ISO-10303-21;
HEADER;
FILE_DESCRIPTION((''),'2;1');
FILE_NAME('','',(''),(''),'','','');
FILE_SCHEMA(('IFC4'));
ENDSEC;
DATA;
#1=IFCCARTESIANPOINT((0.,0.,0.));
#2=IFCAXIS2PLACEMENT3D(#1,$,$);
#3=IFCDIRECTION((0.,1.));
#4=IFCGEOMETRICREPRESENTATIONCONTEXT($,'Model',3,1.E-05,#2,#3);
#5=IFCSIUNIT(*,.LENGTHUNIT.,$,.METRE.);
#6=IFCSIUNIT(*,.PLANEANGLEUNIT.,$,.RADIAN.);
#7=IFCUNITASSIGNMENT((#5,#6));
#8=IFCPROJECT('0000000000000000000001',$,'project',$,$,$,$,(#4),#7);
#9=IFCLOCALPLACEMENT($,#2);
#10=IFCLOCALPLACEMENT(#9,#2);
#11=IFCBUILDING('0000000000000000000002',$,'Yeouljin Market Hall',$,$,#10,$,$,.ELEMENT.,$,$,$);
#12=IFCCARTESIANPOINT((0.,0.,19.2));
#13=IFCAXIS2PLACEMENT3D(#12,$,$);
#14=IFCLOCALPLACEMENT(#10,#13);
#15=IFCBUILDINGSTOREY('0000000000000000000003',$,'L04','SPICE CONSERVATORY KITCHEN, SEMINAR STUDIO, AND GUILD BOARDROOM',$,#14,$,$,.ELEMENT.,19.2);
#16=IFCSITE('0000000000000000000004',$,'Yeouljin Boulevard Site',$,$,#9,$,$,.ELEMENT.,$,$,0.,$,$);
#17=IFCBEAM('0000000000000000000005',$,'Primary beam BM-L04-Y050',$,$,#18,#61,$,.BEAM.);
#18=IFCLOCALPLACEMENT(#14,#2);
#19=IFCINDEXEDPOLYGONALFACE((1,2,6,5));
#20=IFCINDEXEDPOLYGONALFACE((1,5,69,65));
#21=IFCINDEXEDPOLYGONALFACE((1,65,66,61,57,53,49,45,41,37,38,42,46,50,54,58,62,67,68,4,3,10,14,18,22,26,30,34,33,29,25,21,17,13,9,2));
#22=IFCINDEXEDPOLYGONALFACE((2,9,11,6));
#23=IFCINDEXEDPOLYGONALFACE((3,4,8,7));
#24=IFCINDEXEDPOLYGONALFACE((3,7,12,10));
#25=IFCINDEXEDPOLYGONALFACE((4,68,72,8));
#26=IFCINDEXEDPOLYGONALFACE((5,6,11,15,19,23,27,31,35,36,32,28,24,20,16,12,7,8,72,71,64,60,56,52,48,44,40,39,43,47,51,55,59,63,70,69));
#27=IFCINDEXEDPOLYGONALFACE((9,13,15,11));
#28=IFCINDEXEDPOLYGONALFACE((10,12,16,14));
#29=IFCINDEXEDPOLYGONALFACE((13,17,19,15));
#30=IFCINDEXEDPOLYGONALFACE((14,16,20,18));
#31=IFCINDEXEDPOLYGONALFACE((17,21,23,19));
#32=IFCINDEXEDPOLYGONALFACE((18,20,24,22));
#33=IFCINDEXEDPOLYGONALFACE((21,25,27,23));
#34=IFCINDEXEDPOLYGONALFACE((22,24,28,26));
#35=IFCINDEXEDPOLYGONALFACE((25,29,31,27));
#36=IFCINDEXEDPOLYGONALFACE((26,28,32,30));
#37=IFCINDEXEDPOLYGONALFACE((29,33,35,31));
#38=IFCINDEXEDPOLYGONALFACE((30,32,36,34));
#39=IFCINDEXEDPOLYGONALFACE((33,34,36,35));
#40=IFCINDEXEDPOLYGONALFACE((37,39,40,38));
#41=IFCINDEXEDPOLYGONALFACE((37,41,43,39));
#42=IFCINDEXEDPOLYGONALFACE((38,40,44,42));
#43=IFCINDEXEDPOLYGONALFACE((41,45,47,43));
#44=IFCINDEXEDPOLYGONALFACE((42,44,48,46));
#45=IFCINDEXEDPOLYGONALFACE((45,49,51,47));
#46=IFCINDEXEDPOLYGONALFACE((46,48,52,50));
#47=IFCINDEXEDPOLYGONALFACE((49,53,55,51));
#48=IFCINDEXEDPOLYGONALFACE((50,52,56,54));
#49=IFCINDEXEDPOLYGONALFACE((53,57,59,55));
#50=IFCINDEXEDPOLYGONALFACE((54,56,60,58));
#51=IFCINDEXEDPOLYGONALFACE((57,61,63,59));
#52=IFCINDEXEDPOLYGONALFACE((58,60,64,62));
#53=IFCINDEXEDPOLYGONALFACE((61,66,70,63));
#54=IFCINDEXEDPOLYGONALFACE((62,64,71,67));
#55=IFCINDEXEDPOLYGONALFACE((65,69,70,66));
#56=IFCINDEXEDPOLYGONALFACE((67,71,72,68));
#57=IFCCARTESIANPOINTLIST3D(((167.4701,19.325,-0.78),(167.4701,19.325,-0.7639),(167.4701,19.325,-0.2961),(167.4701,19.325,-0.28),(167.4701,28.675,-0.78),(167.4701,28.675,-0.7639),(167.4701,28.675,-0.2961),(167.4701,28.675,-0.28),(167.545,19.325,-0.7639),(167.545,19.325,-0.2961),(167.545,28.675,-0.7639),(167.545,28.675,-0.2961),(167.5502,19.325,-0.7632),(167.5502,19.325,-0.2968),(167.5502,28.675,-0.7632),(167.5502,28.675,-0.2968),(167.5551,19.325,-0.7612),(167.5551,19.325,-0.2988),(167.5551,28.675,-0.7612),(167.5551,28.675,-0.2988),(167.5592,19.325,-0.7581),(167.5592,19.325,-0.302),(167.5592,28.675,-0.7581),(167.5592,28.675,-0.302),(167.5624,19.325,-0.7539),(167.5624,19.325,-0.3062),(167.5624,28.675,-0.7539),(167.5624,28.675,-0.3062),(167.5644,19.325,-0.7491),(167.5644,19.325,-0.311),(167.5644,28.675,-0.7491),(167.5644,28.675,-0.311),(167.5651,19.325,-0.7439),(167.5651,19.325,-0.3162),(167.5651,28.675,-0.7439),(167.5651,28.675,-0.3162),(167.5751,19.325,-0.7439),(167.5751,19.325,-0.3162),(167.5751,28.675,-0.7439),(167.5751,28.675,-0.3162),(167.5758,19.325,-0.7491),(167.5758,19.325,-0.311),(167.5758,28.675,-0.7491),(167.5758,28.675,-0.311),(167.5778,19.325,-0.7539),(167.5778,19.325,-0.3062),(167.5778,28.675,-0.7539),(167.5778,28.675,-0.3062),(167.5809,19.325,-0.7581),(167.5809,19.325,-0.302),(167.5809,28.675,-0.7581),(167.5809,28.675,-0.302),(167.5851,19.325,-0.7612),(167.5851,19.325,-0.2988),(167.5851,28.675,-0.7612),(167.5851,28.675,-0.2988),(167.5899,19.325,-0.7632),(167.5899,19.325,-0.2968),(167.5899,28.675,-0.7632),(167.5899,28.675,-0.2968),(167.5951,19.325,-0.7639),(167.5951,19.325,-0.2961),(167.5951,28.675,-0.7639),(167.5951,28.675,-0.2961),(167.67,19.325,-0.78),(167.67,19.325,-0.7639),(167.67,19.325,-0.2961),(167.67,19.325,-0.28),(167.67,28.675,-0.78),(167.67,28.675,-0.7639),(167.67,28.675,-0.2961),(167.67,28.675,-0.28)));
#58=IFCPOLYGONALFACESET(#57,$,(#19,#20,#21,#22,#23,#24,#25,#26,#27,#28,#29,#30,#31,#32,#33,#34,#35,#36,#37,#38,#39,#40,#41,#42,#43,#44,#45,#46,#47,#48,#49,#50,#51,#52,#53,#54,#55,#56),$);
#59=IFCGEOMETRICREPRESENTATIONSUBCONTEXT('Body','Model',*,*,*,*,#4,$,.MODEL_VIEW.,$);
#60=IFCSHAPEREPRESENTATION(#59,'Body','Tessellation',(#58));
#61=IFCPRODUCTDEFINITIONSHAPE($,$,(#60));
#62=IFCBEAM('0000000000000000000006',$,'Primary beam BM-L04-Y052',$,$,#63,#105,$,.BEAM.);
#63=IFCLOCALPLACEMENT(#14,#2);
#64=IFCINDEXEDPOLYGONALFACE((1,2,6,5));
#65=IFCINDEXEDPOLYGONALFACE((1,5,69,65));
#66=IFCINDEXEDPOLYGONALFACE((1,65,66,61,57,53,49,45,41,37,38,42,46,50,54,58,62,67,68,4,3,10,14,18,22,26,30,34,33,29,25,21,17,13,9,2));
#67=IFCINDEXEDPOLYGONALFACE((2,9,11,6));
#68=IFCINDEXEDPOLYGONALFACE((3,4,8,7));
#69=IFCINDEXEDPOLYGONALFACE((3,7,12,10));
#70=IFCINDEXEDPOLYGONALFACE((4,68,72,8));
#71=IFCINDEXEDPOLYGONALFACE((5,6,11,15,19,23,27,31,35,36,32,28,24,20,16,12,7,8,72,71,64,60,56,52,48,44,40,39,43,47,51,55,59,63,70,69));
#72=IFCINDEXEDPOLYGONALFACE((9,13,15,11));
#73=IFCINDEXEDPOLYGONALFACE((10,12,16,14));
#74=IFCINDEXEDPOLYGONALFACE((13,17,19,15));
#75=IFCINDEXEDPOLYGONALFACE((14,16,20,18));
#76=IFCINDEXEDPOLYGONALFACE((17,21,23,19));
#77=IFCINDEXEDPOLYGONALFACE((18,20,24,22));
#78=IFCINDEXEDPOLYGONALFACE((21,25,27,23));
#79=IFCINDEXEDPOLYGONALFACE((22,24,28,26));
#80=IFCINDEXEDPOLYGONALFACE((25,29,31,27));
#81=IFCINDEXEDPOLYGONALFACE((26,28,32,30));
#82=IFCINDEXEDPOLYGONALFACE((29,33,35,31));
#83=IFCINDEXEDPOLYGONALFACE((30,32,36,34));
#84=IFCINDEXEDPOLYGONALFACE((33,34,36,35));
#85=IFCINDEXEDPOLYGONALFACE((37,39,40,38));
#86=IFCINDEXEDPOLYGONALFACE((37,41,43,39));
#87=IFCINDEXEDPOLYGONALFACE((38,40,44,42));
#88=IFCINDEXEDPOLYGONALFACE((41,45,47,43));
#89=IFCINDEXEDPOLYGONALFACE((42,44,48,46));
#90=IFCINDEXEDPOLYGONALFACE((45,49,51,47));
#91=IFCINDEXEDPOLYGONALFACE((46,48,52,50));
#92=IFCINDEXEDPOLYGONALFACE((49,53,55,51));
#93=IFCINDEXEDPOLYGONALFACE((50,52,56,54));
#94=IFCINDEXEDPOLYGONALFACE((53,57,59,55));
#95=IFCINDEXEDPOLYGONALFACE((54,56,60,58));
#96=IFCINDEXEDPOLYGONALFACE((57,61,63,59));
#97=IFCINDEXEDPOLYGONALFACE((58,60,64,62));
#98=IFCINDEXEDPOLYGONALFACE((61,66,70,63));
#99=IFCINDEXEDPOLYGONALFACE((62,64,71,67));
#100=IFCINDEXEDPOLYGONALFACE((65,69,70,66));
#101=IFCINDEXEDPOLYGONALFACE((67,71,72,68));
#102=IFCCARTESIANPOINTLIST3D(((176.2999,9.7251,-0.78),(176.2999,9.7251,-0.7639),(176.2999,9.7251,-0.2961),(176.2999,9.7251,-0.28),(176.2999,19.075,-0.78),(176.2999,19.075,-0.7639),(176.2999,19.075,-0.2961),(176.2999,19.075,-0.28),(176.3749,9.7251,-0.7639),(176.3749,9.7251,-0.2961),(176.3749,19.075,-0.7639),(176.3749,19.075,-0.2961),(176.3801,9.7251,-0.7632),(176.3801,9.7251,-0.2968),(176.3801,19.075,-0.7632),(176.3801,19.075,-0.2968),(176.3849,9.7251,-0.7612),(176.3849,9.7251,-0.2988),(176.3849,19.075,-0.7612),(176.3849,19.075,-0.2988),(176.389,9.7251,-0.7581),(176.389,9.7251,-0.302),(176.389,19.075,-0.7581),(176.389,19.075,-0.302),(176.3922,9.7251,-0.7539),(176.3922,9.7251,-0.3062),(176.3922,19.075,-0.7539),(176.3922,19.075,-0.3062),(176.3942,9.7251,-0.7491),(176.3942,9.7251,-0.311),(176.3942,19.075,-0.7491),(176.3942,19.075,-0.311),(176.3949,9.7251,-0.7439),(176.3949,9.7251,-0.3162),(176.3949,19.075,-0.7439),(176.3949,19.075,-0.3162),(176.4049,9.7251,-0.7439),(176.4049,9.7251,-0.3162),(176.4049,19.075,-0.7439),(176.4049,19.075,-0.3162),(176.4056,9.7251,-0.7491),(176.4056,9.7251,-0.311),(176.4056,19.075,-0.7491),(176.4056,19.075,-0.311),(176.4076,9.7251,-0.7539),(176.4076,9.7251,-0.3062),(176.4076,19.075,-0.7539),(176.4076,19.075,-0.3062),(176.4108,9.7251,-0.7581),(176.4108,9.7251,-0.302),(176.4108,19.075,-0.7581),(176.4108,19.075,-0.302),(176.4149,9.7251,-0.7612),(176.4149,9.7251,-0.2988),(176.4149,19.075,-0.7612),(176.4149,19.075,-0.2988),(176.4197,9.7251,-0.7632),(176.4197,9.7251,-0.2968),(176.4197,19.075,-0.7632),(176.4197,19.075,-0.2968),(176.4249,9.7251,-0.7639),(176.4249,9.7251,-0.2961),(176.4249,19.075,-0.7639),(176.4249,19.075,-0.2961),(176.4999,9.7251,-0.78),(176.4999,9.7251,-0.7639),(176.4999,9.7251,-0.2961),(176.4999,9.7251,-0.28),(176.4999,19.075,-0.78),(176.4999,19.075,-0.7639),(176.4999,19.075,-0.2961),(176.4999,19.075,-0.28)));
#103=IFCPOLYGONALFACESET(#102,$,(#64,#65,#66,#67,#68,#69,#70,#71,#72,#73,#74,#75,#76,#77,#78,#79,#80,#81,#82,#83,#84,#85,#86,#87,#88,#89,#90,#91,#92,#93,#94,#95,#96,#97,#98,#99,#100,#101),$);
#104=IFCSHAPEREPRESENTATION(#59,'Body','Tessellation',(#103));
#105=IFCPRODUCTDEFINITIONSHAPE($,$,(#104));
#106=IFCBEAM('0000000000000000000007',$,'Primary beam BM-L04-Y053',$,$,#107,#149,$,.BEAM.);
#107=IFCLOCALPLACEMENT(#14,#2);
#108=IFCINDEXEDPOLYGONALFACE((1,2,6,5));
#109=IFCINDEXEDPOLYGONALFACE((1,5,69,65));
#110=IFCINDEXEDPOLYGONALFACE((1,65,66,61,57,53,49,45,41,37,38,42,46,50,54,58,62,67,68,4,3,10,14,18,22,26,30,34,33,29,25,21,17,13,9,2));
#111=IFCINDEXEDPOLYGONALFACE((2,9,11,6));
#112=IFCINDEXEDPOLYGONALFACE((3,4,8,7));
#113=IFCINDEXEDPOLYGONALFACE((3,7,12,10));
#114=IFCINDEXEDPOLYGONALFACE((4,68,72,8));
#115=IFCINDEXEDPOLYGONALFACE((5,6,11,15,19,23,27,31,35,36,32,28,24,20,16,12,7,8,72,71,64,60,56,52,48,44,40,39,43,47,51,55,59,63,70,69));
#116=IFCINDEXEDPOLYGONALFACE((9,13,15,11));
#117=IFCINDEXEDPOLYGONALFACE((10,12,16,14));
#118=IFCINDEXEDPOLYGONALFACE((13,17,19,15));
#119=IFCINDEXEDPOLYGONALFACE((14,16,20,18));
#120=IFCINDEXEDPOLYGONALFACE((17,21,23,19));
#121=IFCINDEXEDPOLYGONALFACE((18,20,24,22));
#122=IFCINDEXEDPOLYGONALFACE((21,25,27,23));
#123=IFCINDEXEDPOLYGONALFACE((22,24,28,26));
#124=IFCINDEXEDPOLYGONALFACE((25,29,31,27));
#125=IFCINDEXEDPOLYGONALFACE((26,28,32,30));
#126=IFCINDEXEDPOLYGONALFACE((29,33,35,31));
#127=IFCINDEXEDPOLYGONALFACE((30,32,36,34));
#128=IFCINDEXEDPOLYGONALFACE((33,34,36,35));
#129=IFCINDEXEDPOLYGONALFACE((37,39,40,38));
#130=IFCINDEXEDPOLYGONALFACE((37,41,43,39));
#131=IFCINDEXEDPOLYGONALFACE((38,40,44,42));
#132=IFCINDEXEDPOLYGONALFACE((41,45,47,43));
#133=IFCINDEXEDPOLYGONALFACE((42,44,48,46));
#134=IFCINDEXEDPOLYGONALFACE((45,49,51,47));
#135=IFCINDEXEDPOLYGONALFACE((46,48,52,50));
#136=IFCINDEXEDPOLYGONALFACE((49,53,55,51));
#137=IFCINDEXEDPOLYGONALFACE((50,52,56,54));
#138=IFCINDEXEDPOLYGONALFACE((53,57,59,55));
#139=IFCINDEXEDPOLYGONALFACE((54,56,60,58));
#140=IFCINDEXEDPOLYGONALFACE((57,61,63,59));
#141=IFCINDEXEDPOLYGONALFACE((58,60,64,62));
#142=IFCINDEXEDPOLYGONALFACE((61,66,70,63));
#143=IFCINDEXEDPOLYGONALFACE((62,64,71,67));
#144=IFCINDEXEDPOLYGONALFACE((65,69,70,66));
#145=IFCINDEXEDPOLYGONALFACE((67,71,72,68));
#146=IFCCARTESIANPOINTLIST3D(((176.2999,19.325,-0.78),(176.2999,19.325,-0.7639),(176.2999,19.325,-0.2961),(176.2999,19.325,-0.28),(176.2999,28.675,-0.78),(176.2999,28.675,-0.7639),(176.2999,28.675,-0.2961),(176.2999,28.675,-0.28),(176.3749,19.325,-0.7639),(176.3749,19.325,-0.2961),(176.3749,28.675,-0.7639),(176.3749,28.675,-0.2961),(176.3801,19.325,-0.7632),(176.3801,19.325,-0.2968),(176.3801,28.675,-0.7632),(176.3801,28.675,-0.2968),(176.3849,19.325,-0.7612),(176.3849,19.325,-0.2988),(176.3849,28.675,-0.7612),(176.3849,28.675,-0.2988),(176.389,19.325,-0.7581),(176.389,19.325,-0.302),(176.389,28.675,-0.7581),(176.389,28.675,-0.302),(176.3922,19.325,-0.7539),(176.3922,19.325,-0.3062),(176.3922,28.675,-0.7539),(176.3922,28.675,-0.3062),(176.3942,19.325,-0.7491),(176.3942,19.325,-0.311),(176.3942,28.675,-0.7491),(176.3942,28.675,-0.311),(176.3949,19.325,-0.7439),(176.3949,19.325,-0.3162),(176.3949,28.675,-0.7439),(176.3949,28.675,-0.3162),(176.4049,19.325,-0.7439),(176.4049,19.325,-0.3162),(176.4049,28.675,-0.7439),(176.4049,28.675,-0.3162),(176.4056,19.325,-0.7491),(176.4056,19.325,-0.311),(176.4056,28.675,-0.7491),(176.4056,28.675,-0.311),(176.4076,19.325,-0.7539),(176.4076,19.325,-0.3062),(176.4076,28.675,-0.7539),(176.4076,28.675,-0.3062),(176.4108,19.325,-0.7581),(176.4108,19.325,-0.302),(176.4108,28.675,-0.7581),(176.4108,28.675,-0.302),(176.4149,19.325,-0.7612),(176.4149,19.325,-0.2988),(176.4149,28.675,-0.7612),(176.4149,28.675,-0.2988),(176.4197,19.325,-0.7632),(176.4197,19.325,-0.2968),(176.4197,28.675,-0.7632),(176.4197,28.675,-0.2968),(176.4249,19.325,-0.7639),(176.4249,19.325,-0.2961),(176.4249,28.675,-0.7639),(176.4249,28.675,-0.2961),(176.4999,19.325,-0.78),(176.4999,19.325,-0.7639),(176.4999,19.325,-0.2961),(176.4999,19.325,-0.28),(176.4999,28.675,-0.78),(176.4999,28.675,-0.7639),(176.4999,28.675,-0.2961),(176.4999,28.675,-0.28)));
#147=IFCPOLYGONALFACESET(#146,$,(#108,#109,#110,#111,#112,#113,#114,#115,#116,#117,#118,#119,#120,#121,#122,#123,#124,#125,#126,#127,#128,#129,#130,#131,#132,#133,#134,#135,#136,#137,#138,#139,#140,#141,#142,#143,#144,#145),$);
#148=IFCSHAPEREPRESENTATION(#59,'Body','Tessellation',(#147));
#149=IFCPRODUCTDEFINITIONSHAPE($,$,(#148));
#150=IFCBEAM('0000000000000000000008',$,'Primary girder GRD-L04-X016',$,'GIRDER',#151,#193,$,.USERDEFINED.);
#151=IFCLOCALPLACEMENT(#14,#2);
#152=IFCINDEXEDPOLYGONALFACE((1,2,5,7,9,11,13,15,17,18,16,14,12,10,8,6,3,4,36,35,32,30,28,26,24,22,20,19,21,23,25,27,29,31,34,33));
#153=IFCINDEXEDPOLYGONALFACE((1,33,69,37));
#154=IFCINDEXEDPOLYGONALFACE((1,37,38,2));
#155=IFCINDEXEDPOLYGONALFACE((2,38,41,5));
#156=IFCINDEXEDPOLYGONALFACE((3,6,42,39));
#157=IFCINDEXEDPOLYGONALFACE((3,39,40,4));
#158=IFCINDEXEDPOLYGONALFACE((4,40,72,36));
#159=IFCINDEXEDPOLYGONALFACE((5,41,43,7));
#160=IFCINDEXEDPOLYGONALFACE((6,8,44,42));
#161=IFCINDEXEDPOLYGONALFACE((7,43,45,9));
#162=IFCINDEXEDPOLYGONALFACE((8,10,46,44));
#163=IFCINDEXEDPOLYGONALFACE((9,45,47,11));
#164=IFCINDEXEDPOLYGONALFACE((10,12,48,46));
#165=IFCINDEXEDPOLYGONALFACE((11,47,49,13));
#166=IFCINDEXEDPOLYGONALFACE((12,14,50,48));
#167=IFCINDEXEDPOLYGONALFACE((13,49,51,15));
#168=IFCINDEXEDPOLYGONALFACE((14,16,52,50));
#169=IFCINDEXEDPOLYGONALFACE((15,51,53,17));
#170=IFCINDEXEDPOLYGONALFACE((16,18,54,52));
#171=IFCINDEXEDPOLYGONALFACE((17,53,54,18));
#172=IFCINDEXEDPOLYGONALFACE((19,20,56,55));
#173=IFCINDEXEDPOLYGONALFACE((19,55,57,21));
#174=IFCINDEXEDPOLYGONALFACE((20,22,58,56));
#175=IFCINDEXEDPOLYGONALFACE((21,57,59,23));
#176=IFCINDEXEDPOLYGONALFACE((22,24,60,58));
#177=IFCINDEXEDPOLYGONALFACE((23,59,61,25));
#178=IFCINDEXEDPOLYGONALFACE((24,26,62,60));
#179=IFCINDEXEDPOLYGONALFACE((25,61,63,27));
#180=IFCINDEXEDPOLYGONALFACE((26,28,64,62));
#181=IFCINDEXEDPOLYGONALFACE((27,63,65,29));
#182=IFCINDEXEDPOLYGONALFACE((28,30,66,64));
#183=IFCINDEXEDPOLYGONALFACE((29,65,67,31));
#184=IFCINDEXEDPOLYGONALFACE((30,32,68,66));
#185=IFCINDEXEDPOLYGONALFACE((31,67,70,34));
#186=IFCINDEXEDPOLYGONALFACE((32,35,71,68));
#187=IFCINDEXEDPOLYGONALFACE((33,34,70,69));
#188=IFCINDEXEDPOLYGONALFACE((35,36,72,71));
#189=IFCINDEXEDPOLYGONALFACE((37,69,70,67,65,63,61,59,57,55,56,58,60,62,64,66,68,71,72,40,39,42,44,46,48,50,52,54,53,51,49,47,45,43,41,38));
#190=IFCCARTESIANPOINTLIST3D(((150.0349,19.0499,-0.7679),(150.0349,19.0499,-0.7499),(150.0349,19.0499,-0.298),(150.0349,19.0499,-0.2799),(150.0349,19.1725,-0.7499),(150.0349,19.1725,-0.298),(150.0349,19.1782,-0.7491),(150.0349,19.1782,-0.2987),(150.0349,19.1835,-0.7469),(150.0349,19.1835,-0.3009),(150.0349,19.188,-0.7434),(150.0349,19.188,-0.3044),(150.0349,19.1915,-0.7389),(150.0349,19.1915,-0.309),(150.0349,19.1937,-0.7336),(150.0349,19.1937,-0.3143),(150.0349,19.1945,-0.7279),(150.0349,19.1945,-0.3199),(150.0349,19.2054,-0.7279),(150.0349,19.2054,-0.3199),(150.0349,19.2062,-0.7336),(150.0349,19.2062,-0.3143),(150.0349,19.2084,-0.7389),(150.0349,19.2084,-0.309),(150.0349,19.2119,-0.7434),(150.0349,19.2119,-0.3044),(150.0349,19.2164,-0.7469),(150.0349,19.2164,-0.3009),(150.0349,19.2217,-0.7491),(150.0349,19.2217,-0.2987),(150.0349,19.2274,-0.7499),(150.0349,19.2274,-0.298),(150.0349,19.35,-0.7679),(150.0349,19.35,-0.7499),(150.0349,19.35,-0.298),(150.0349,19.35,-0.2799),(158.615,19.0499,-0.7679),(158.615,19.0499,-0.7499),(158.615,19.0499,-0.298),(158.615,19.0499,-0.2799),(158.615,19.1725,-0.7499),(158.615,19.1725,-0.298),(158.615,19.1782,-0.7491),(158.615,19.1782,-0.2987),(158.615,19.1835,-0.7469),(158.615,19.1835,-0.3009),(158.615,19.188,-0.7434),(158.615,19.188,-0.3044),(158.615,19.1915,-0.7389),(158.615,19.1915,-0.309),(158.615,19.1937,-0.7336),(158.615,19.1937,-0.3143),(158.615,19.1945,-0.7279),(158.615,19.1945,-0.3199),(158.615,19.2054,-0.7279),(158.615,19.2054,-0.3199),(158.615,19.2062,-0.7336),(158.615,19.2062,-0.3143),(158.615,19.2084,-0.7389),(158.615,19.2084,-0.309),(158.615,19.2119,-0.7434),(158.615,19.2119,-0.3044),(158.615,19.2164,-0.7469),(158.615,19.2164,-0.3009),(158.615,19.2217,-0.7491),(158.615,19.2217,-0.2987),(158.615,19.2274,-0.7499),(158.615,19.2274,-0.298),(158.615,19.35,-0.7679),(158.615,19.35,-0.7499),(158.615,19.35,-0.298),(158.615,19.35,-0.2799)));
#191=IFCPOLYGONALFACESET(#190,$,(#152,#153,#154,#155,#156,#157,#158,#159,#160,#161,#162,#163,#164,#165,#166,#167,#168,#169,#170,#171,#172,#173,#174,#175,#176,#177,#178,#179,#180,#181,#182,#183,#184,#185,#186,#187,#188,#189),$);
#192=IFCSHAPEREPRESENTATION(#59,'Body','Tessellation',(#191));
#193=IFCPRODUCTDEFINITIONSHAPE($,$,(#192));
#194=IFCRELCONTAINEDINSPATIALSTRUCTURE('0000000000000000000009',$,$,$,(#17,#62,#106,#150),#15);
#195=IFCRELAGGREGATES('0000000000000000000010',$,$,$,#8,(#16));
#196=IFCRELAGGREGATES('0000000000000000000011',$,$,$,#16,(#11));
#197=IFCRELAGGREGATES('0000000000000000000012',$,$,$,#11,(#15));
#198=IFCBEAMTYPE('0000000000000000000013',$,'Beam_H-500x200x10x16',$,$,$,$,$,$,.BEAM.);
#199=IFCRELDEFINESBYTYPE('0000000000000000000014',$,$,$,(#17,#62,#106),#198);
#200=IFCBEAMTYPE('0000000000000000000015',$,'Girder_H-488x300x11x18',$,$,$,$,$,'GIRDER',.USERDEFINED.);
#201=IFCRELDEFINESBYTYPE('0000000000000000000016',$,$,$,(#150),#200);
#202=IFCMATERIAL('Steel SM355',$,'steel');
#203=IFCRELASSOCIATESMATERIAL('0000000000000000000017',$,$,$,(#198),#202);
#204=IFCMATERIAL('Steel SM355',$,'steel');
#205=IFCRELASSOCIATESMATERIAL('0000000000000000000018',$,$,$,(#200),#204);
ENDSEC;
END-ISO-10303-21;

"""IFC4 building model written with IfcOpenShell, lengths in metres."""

from ifc_helpers import new_model, si_unit, direction, frame, origin, origin_2d, place, context, subcontext, project, spatial, i_section, extrude, material, material_profile, profile_set, type_object, element, save


model = new_model("IFC4")

# Units and contexts
model_context = context("Model", 3, precision=1e-05, world=origin(), true_north=direction((0.0, 1.0)))
body_context = subcontext(model_context, "Body", "Model", "MODEL_VIEW")
ifc_project = project(units=[si_unit("LENGTHUNIT", "METRE"), si_unit("PLANEANGLEUNIT", "RADIAN")], contexts=[model_context])

# Site, building, storey
site_placement = place(None, origin())
site = spatial("IfcSite", under=ifc_project, at=site_placement, Name="Yeouljin Boulevard Site", CompositionType="ELEMENT", RefElevation=0.0)
building_placement = place(site_placement, origin())
building = spatial("IfcBuilding", under=site, at=building_placement, Name="Yeouljin Market Hall", CompositionType="ELEMENT")
storey_placement = place(building_placement, frame((0.0, 0.0, 19.2)))
storey = spatial("IfcBuildingStorey", under=building, at=storey_placement, Name="L04", Description="SPICE CONSERVATORY KITCHEN, SEMINAR STUDIO, AND GUILD BOARDROOM", CompositionType="ELEMENT", Elevation=19.2)

# Beams
ifc_material_1 = material(Name="Steel SM355", Category="steel")
ifc_material_profile_1 = material_profile(ifc_material_1, i_section(OverallWidth=0.2, OverallDepth=0.5, WebThickness=0.01, FlangeThickness=0.0161, FilletRadius=0.02, at=origin_2d()), Name="H-500x200x10x16")
ifc_profile_set_1 = profile_set([ifc_material_profile_1], Name="Steel SM355")
beam_type_1 = type_object("IfcBeamType", Name="Beam_H-500x200x10x16", PredefinedType="BEAM", material=ifc_profile_set_1)
beam_1_placement = place(storey_placement, frame((167.5701, 19.325, -0.53), z_axis=(0.0, 1.0, 0.0), x_axis=(-1.0, 0.0, 0.0)))
element("IfcBeam", 1, at=beam_1_placement, inside=storey, type_object=beam_type_1, Name="Primary beam BM-L04-Y050", PredefinedType="BEAM", context=body_context, shape_type="SweptSolid", body=[
    extrude(i_section(OverallWidth=0.2, OverallDepth=0.5, WebThickness=0.01, FlangeThickness=0.0161, FilletRadius=0.02, at=origin_2d()), origin(), (0.0, 0.0, 1.0), 9.3501),
])
beam_2_placement = place(storey_placement, frame((176.3999, 9.7251, -0.53), z_axis=(0.0, 1.0, 0.0), x_axis=(-1.0, 0.0, 0.0)))
element("IfcBeam", 2, at=beam_2_placement, inside=storey, type_object=beam_type_1, Name="Primary beam BM-L04-Y052", PredefinedType="BEAM", context=body_context, shape_type="SweptSolid", body=[
    extrude(i_section(OverallWidth=0.2, OverallDepth=0.5, WebThickness=0.01, FlangeThickness=0.0161, FilletRadius=0.02, at=origin_2d()), origin(), (0.0, 0.0, 1.0), 9.3499),
])
beam_3_placement = place(storey_placement, frame((176.3999, 19.325, -0.53), z_axis=(0.0, 1.0, 0.0), x_axis=(-1.0, 0.0, 0.0)))
element("IfcBeam", 3, at=beam_3_placement, inside=storey, type_object=beam_type_1, Name="Primary beam BM-L04-Y053", PredefinedType="BEAM", context=body_context, shape_type="SweptSolid", body=[
    extrude(i_section(OverallWidth=0.2, OverallDepth=0.5, WebThickness=0.01, FlangeThickness=0.0161, FilletRadius=0.02, at=origin_2d()), origin(), (0.0, 0.0, 1.0), 9.3501),
])
ifc_material_2 = material(Name="Steel SM355", Category="steel")
ifc_material_profile_2 = material_profile(ifc_material_2, i_section(OverallWidth=0.3, OverallDepth=0.488, WebThickness=0.011, FlangeThickness=0.0181, FilletRadius=0.022, at=origin_2d()), Name="H-488x300x11x18")
ifc_profile_set_2 = profile_set([ifc_material_profile_2], Name="Steel SM355")
beam_type_2 = type_object("IfcBeamType", Name="Girder_H-488x300x11x18", ElementType="GIRDER", PredefinedType="USERDEFINED", material=ifc_profile_set_2)
for number, where, z_axis, x_axis, name in (
    (4, (150.0349, 19.2, -0.5239), (1.0, 0.0, 0.0), (0.0, 1.0, 0.0), "Primary girder GRD-L04-X016"),
):
    element("IfcBeam", number, at=place(storey_placement, frame(where, z_axis=z_axis, x_axis=x_axis)), inside=storey, type_object=beam_type_2, Name=name, ObjectType="GIRDER", PredefinedType="USERDEFINED", context=body_context, shape_type="SweptSolid", body=[
        extrude(i_section(OverallWidth=0.3, OverallDepth=0.488, WebThickness=0.011, FlangeThickness=0.0181, FilletRadius=0.022, at=origin_2d()), origin(), (0.0, 0.0, 1.0), 8.5801),
    ])

save(model, "model.ifc")
